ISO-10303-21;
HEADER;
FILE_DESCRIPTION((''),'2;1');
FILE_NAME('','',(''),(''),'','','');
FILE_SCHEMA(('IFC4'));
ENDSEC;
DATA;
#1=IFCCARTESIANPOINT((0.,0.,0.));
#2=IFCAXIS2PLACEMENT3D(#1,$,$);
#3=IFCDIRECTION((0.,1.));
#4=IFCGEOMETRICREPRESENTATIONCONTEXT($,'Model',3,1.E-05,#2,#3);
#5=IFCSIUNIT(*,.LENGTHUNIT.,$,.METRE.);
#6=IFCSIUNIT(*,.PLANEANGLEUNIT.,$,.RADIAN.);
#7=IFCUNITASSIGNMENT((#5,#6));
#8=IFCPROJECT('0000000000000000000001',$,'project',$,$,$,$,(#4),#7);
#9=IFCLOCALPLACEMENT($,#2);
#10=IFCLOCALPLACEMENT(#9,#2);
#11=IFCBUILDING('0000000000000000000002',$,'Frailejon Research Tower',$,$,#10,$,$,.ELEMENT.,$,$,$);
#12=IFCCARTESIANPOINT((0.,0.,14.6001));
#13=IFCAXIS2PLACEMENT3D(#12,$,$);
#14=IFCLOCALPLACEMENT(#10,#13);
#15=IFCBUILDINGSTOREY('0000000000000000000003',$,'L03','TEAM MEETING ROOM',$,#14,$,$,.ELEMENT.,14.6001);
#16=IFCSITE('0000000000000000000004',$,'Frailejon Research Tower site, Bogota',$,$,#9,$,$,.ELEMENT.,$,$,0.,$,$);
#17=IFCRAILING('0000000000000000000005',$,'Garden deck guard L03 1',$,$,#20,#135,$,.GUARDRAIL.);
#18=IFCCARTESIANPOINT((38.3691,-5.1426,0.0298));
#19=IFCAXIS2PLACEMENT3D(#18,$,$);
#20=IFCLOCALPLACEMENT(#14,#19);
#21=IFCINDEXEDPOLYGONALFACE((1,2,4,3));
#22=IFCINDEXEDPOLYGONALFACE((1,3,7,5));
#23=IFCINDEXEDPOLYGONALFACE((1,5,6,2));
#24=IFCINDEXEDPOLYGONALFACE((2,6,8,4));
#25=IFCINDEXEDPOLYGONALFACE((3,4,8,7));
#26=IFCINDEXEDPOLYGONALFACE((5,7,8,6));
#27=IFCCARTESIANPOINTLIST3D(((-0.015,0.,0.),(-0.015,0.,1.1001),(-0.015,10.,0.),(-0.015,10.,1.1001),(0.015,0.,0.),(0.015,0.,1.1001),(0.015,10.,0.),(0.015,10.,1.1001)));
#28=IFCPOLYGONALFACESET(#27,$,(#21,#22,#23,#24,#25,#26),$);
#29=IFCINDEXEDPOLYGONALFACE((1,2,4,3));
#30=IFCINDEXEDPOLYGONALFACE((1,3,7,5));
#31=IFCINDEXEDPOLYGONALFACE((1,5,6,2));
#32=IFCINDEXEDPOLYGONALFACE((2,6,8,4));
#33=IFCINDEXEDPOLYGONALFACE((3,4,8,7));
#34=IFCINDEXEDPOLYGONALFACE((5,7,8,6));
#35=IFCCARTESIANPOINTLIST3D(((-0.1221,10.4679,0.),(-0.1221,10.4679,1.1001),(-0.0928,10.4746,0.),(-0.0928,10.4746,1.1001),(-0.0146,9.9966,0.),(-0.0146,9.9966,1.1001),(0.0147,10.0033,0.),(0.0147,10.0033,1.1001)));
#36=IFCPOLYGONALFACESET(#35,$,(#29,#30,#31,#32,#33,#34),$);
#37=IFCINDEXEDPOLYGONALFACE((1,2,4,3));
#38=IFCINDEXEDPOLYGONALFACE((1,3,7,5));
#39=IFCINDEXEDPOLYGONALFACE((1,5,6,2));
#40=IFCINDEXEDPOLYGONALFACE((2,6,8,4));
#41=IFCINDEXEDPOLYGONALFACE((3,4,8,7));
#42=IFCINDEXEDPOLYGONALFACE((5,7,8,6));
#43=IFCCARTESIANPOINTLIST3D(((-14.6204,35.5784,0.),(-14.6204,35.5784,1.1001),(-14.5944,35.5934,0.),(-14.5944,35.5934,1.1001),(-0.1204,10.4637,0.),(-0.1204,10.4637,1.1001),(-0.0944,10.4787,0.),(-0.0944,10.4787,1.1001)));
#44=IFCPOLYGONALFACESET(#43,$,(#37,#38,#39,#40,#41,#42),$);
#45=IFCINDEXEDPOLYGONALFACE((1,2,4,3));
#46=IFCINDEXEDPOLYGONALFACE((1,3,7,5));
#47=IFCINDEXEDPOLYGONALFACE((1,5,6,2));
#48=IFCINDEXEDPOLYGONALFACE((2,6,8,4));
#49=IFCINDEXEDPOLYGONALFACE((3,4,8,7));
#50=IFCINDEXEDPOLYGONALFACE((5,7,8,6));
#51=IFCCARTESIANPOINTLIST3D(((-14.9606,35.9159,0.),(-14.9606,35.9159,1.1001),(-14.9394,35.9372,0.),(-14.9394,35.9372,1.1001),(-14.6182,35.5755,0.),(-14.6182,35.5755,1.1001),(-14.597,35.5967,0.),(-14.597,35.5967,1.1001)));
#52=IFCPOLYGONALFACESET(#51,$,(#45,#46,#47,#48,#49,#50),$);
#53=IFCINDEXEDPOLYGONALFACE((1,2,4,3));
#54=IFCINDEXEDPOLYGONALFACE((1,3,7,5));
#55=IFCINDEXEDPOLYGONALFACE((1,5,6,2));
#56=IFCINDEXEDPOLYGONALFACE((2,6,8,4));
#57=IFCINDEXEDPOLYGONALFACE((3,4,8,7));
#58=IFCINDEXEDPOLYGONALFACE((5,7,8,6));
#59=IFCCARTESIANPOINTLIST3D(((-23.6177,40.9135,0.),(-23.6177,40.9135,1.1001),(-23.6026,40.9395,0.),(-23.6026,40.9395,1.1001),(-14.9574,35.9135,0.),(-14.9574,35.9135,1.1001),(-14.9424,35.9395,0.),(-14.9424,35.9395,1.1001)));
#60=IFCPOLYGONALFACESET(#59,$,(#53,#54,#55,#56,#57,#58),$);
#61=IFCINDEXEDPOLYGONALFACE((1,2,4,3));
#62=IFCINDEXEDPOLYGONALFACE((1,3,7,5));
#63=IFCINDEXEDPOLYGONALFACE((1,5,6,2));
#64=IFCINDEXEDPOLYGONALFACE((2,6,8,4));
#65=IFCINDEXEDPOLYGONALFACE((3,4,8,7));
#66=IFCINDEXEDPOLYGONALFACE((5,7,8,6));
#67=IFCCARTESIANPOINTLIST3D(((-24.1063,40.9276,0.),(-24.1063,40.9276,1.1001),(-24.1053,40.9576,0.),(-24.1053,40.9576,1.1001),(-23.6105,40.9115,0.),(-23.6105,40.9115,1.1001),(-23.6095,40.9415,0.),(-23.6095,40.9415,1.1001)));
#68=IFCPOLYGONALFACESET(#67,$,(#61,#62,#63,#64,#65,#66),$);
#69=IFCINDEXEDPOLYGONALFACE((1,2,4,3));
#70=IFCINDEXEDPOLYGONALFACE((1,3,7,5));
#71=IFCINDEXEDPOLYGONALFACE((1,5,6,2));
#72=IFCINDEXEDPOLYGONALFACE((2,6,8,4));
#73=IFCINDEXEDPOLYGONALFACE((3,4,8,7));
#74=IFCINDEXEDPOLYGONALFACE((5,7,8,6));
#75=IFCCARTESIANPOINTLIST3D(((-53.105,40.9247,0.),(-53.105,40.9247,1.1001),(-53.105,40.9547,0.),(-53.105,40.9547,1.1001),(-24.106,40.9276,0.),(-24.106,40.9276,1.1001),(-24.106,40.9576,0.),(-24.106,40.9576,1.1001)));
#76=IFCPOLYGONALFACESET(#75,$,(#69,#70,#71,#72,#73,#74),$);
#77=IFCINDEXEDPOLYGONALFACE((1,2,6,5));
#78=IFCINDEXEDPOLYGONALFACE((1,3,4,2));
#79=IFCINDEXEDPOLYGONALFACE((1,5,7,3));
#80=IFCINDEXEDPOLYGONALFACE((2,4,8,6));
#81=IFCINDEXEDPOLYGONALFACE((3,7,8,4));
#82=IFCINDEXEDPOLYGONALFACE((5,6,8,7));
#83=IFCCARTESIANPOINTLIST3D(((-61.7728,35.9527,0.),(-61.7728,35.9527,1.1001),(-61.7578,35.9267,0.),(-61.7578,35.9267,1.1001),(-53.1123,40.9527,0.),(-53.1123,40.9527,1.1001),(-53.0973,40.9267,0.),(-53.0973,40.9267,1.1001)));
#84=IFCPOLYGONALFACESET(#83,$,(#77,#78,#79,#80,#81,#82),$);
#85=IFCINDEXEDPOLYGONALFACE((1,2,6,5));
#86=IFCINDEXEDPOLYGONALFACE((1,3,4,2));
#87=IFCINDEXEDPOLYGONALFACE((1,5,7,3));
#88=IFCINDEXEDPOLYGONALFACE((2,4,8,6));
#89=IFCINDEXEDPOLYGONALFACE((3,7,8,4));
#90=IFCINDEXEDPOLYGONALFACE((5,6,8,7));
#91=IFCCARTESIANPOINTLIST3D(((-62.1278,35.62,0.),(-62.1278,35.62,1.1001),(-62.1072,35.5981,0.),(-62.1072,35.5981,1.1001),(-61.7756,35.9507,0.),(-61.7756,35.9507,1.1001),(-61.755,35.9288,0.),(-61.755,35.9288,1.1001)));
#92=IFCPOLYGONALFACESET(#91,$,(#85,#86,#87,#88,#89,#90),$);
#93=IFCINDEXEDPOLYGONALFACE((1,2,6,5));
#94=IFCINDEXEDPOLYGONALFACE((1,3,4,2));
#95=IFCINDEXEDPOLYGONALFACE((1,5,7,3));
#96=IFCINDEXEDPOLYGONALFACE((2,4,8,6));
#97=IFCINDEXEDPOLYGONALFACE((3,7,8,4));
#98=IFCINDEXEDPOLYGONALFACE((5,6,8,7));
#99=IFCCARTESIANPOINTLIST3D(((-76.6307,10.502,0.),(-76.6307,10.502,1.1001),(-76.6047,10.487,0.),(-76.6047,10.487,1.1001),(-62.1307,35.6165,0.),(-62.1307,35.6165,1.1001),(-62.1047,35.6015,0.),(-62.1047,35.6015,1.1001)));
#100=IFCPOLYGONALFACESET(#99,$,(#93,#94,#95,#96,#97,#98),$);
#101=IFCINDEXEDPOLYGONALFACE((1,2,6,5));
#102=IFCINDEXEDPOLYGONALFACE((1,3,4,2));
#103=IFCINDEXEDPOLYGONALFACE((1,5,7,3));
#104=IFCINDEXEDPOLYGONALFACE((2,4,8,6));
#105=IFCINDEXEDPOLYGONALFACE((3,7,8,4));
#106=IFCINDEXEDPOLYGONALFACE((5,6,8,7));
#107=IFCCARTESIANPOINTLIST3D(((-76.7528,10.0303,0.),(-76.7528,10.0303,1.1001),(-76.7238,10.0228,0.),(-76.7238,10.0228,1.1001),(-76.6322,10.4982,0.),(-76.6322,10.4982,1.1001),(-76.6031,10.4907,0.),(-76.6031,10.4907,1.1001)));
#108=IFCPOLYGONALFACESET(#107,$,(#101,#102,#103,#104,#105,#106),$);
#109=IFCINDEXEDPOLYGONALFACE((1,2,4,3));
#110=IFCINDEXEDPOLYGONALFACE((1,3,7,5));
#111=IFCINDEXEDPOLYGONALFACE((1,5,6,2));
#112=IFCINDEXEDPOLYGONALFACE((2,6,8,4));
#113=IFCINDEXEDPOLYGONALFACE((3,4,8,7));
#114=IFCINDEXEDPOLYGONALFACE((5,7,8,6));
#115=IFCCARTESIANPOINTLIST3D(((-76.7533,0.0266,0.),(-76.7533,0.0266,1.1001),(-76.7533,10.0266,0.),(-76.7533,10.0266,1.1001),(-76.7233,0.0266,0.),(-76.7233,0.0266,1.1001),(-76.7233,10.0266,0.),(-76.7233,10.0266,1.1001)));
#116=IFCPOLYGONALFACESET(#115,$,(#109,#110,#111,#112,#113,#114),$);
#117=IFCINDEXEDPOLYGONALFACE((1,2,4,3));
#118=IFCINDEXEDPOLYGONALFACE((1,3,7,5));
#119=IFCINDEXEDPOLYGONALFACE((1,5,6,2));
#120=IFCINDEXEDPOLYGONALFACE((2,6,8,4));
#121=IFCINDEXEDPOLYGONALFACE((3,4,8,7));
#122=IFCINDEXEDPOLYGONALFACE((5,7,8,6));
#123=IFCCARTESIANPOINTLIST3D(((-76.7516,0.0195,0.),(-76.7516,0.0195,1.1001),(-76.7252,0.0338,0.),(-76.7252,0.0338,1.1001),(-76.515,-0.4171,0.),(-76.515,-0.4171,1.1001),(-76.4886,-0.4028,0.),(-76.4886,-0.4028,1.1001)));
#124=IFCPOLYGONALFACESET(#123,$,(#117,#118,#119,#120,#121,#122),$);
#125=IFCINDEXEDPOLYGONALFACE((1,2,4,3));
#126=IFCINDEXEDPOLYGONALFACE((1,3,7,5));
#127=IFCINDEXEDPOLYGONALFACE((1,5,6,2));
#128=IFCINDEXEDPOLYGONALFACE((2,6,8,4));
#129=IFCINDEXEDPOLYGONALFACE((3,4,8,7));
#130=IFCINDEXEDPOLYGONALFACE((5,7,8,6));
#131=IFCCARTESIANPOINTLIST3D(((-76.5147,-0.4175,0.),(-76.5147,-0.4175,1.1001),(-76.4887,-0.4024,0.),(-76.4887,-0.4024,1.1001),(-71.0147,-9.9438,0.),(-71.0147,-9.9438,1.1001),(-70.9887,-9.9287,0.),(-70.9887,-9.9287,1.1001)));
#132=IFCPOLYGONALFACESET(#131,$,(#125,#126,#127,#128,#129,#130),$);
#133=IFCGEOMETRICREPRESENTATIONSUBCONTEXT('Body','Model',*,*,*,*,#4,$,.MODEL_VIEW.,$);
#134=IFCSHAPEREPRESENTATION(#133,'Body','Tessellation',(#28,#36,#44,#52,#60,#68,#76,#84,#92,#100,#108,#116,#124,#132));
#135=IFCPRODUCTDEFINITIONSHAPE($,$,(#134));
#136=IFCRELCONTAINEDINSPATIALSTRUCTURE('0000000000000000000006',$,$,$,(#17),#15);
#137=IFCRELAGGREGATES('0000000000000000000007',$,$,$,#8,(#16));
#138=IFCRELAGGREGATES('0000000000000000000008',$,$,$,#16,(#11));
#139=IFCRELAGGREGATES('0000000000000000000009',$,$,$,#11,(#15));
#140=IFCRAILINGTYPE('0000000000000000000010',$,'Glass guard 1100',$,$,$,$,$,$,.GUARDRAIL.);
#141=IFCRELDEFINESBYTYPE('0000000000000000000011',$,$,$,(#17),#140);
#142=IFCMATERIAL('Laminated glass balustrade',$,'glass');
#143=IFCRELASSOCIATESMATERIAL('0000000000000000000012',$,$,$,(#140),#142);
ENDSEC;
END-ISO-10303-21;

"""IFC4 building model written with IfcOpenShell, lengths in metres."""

from ifc_helpers import new_model, si_unit, direction, frame, origin, origin_2d, place, context, subcontext, project, spatial, rectangle, extrude, material, type_object, element, save


model = new_model("IFC4")

# Units and contexts
model_context = context("Model", 3, precision=1e-05, world=origin(), true_north=direction((0.0, 1.0)))
body_context = subcontext(model_context, "Body", "Model", "MODEL_VIEW")
ifc_project = project(units=[si_unit("LENGTHUNIT", "METRE"), si_unit("PLANEANGLEUNIT", "RADIAN")], contexts=[model_context])

# Site, building, storey
site_placement = place(None, origin())
site = spatial("IfcSite", under=ifc_project, at=site_placement, Name="Frailejon Research Tower site, Bogota", CompositionType="ELEMENT", RefElevation=0.0)
building_placement = place(site_placement, origin())
building = spatial("IfcBuilding", under=site, at=building_placement, Name="Frailejon Research Tower", CompositionType="ELEMENT")
storey_placement = place(building_placement, frame((0.0, 0.0, 14.6001)))
storey = spatial("IfcBuildingStorey", under=building, at=storey_placement, Name="L03", Description="TEAM MEETING ROOM", CompositionType="ELEMENT", Elevation=14.6001)

# Railing
ifc_material_1 = material(Name="Laminated glass balustrade", Category="glass")
railing_type = type_object("IfcRailingType", Name="Glass guard 1100", PredefinedType="GUARDRAIL", material=ifc_material_1)
railing_1_placement = place(storey_placement, frame((38.3691, -5.1426, 0.0298)))
element("IfcRailing", 1, at=railing_1_placement, inside=storey, type_object=railing_type, Name="Garden deck guard L03 1", PredefinedType="GUARDRAIL", context=body_context, shape_type="SweptSolid", body=[
    extrude(rectangle(XDim=10.0, YDim=0.03, at=origin_2d()), frame((0.0, 5.0, 0.0), z_axis=(0.0, 0.0, 1.0), x_axis=(0.0, 1.0, 0.0)), (0.0, 0.0, 1.0), 1.1001),
    extrude(rectangle(XDim=0.4834, YDim=0.03, at=origin_2d()), frame((-0.0537, 10.2356, 0.0), z_axis=(0.0, 0.0, 1.0), x_axis=(-0.222276, 0.974984, 0.0)), (0.0, 0.0, 1.0), 1.1001),
    extrude(rectangle(XDim=29.0, YDim=0.03, at=origin_2d()), frame((-7.3574, 23.0286, 0.0), z_axis=(0.0, 0.0, 1.0), x_axis=(-0.5, 0.866025, 0.0)), (0.0, 0.0, 1.0), 1.1001),
    extrude(rectangle(XDim=0.4829, YDim=0.03, at=origin_2d()), frame((-14.7788, 35.7563, 0.0), z_axis=(0.0, 0.0, 1.0), x_axis=(-0.709126, 0.705082, 0.0)), (0.0, 0.0, 1.0), 1.1001),
    extrude(rectangle(XDim=10.0, YDim=0.03, at=origin_2d()), frame((-19.28, 38.4265, 0.0), z_axis=(0.0, 0.0, 1.0), x_axis=(-0.866023, 0.500004, 0.0)), (0.0, 0.0, 1.0), 1.1001),
    extrude(rectangle(XDim=0.4961, YDim=0.03, at=origin_2d()), frame((-23.8579, 40.9346, 0.0), z_axis=(0.0, 0.0, 1.0), x_axis=(-0.999472, 0.032479, 0.0)), (0.0, 0.0, 1.0), 1.1001),
    extrude(rectangle(XDim=28.999, YDim=0.03, at=origin_2d()), frame((-38.6055, 40.9412, 0.0), z_axis=(0.0, 0.0, 1.0), x_axis=(-1.0, -0.000101, 0.0)), (0.0, 0.0, 1.0), 1.1001),
    extrude(rectangle(XDim=10.0002, YDim=0.03, at=origin_2d()), frame((-57.4351, 38.4397, 0.0), z_axis=(0.0, 0.0, 1.0), x_axis=(-0.866029, -0.499994, 0.0)), (0.0, 0.0, 1.0), 1.1001),
    extrude(rectangle(XDim=0.4832, YDim=0.03, at=origin_2d()), frame((-61.9414, 35.7744, 0.0), z_axis=(0.0, 0.0, 1.0), x_axis=(-0.728986, -0.684529, 0.0)), (0.0, 0.0, 1.0), 1.1001),
    extrude(rectangle(XDim=28.9998, YDim=0.03, at=origin_2d()), frame((-69.3677, 23.0518, 0.0), z_axis=(0.0, 0.0, 1.0), x_axis=(-0.500004, -0.866023, 0.0)), (0.0, 0.0, 1.0), 1.1001),
    extrude(rectangle(XDim=0.4832, YDim=0.03, at=origin_2d()), frame((-76.678, 10.2605, 0.0), z_axis=(0.0, 0.0, 1.0), x_axis=(-0.249664, -0.968333, 0.0)), (0.0, 0.0, 1.0), 1.1001),
    extrude(rectangle(XDim=10.0, YDim=0.03, at=origin_2d()), frame((-76.7383, 5.0266, 0.0), z_axis=(0.0, 0.0, 1.0), x_axis=(0.0, -1.0, 0.0)), (0.0, 0.0, 1.0), 1.1001),
    extrude(rectangle(XDim=0.4966, YDim=0.03, at=origin_2d()), frame((-76.6201, -0.1917, 0.0), z_axis=(0.0, 0.0, 1.0), x_axis=(0.476473, -0.879189, 0.0)), (0.0, 0.0, 1.0), 1.1001),
    extrude(rectangle(XDim=11.0, YDim=0.03, at=origin_2d()), frame((-73.7517, -5.1731, 0.0), z_axis=(0.0, 0.0, 1.0), x_axis=(0.499997, -0.866027, 0.0)), (0.0, 0.0, 1.0), 1.1001),
])

save(model, "model.ifc")
